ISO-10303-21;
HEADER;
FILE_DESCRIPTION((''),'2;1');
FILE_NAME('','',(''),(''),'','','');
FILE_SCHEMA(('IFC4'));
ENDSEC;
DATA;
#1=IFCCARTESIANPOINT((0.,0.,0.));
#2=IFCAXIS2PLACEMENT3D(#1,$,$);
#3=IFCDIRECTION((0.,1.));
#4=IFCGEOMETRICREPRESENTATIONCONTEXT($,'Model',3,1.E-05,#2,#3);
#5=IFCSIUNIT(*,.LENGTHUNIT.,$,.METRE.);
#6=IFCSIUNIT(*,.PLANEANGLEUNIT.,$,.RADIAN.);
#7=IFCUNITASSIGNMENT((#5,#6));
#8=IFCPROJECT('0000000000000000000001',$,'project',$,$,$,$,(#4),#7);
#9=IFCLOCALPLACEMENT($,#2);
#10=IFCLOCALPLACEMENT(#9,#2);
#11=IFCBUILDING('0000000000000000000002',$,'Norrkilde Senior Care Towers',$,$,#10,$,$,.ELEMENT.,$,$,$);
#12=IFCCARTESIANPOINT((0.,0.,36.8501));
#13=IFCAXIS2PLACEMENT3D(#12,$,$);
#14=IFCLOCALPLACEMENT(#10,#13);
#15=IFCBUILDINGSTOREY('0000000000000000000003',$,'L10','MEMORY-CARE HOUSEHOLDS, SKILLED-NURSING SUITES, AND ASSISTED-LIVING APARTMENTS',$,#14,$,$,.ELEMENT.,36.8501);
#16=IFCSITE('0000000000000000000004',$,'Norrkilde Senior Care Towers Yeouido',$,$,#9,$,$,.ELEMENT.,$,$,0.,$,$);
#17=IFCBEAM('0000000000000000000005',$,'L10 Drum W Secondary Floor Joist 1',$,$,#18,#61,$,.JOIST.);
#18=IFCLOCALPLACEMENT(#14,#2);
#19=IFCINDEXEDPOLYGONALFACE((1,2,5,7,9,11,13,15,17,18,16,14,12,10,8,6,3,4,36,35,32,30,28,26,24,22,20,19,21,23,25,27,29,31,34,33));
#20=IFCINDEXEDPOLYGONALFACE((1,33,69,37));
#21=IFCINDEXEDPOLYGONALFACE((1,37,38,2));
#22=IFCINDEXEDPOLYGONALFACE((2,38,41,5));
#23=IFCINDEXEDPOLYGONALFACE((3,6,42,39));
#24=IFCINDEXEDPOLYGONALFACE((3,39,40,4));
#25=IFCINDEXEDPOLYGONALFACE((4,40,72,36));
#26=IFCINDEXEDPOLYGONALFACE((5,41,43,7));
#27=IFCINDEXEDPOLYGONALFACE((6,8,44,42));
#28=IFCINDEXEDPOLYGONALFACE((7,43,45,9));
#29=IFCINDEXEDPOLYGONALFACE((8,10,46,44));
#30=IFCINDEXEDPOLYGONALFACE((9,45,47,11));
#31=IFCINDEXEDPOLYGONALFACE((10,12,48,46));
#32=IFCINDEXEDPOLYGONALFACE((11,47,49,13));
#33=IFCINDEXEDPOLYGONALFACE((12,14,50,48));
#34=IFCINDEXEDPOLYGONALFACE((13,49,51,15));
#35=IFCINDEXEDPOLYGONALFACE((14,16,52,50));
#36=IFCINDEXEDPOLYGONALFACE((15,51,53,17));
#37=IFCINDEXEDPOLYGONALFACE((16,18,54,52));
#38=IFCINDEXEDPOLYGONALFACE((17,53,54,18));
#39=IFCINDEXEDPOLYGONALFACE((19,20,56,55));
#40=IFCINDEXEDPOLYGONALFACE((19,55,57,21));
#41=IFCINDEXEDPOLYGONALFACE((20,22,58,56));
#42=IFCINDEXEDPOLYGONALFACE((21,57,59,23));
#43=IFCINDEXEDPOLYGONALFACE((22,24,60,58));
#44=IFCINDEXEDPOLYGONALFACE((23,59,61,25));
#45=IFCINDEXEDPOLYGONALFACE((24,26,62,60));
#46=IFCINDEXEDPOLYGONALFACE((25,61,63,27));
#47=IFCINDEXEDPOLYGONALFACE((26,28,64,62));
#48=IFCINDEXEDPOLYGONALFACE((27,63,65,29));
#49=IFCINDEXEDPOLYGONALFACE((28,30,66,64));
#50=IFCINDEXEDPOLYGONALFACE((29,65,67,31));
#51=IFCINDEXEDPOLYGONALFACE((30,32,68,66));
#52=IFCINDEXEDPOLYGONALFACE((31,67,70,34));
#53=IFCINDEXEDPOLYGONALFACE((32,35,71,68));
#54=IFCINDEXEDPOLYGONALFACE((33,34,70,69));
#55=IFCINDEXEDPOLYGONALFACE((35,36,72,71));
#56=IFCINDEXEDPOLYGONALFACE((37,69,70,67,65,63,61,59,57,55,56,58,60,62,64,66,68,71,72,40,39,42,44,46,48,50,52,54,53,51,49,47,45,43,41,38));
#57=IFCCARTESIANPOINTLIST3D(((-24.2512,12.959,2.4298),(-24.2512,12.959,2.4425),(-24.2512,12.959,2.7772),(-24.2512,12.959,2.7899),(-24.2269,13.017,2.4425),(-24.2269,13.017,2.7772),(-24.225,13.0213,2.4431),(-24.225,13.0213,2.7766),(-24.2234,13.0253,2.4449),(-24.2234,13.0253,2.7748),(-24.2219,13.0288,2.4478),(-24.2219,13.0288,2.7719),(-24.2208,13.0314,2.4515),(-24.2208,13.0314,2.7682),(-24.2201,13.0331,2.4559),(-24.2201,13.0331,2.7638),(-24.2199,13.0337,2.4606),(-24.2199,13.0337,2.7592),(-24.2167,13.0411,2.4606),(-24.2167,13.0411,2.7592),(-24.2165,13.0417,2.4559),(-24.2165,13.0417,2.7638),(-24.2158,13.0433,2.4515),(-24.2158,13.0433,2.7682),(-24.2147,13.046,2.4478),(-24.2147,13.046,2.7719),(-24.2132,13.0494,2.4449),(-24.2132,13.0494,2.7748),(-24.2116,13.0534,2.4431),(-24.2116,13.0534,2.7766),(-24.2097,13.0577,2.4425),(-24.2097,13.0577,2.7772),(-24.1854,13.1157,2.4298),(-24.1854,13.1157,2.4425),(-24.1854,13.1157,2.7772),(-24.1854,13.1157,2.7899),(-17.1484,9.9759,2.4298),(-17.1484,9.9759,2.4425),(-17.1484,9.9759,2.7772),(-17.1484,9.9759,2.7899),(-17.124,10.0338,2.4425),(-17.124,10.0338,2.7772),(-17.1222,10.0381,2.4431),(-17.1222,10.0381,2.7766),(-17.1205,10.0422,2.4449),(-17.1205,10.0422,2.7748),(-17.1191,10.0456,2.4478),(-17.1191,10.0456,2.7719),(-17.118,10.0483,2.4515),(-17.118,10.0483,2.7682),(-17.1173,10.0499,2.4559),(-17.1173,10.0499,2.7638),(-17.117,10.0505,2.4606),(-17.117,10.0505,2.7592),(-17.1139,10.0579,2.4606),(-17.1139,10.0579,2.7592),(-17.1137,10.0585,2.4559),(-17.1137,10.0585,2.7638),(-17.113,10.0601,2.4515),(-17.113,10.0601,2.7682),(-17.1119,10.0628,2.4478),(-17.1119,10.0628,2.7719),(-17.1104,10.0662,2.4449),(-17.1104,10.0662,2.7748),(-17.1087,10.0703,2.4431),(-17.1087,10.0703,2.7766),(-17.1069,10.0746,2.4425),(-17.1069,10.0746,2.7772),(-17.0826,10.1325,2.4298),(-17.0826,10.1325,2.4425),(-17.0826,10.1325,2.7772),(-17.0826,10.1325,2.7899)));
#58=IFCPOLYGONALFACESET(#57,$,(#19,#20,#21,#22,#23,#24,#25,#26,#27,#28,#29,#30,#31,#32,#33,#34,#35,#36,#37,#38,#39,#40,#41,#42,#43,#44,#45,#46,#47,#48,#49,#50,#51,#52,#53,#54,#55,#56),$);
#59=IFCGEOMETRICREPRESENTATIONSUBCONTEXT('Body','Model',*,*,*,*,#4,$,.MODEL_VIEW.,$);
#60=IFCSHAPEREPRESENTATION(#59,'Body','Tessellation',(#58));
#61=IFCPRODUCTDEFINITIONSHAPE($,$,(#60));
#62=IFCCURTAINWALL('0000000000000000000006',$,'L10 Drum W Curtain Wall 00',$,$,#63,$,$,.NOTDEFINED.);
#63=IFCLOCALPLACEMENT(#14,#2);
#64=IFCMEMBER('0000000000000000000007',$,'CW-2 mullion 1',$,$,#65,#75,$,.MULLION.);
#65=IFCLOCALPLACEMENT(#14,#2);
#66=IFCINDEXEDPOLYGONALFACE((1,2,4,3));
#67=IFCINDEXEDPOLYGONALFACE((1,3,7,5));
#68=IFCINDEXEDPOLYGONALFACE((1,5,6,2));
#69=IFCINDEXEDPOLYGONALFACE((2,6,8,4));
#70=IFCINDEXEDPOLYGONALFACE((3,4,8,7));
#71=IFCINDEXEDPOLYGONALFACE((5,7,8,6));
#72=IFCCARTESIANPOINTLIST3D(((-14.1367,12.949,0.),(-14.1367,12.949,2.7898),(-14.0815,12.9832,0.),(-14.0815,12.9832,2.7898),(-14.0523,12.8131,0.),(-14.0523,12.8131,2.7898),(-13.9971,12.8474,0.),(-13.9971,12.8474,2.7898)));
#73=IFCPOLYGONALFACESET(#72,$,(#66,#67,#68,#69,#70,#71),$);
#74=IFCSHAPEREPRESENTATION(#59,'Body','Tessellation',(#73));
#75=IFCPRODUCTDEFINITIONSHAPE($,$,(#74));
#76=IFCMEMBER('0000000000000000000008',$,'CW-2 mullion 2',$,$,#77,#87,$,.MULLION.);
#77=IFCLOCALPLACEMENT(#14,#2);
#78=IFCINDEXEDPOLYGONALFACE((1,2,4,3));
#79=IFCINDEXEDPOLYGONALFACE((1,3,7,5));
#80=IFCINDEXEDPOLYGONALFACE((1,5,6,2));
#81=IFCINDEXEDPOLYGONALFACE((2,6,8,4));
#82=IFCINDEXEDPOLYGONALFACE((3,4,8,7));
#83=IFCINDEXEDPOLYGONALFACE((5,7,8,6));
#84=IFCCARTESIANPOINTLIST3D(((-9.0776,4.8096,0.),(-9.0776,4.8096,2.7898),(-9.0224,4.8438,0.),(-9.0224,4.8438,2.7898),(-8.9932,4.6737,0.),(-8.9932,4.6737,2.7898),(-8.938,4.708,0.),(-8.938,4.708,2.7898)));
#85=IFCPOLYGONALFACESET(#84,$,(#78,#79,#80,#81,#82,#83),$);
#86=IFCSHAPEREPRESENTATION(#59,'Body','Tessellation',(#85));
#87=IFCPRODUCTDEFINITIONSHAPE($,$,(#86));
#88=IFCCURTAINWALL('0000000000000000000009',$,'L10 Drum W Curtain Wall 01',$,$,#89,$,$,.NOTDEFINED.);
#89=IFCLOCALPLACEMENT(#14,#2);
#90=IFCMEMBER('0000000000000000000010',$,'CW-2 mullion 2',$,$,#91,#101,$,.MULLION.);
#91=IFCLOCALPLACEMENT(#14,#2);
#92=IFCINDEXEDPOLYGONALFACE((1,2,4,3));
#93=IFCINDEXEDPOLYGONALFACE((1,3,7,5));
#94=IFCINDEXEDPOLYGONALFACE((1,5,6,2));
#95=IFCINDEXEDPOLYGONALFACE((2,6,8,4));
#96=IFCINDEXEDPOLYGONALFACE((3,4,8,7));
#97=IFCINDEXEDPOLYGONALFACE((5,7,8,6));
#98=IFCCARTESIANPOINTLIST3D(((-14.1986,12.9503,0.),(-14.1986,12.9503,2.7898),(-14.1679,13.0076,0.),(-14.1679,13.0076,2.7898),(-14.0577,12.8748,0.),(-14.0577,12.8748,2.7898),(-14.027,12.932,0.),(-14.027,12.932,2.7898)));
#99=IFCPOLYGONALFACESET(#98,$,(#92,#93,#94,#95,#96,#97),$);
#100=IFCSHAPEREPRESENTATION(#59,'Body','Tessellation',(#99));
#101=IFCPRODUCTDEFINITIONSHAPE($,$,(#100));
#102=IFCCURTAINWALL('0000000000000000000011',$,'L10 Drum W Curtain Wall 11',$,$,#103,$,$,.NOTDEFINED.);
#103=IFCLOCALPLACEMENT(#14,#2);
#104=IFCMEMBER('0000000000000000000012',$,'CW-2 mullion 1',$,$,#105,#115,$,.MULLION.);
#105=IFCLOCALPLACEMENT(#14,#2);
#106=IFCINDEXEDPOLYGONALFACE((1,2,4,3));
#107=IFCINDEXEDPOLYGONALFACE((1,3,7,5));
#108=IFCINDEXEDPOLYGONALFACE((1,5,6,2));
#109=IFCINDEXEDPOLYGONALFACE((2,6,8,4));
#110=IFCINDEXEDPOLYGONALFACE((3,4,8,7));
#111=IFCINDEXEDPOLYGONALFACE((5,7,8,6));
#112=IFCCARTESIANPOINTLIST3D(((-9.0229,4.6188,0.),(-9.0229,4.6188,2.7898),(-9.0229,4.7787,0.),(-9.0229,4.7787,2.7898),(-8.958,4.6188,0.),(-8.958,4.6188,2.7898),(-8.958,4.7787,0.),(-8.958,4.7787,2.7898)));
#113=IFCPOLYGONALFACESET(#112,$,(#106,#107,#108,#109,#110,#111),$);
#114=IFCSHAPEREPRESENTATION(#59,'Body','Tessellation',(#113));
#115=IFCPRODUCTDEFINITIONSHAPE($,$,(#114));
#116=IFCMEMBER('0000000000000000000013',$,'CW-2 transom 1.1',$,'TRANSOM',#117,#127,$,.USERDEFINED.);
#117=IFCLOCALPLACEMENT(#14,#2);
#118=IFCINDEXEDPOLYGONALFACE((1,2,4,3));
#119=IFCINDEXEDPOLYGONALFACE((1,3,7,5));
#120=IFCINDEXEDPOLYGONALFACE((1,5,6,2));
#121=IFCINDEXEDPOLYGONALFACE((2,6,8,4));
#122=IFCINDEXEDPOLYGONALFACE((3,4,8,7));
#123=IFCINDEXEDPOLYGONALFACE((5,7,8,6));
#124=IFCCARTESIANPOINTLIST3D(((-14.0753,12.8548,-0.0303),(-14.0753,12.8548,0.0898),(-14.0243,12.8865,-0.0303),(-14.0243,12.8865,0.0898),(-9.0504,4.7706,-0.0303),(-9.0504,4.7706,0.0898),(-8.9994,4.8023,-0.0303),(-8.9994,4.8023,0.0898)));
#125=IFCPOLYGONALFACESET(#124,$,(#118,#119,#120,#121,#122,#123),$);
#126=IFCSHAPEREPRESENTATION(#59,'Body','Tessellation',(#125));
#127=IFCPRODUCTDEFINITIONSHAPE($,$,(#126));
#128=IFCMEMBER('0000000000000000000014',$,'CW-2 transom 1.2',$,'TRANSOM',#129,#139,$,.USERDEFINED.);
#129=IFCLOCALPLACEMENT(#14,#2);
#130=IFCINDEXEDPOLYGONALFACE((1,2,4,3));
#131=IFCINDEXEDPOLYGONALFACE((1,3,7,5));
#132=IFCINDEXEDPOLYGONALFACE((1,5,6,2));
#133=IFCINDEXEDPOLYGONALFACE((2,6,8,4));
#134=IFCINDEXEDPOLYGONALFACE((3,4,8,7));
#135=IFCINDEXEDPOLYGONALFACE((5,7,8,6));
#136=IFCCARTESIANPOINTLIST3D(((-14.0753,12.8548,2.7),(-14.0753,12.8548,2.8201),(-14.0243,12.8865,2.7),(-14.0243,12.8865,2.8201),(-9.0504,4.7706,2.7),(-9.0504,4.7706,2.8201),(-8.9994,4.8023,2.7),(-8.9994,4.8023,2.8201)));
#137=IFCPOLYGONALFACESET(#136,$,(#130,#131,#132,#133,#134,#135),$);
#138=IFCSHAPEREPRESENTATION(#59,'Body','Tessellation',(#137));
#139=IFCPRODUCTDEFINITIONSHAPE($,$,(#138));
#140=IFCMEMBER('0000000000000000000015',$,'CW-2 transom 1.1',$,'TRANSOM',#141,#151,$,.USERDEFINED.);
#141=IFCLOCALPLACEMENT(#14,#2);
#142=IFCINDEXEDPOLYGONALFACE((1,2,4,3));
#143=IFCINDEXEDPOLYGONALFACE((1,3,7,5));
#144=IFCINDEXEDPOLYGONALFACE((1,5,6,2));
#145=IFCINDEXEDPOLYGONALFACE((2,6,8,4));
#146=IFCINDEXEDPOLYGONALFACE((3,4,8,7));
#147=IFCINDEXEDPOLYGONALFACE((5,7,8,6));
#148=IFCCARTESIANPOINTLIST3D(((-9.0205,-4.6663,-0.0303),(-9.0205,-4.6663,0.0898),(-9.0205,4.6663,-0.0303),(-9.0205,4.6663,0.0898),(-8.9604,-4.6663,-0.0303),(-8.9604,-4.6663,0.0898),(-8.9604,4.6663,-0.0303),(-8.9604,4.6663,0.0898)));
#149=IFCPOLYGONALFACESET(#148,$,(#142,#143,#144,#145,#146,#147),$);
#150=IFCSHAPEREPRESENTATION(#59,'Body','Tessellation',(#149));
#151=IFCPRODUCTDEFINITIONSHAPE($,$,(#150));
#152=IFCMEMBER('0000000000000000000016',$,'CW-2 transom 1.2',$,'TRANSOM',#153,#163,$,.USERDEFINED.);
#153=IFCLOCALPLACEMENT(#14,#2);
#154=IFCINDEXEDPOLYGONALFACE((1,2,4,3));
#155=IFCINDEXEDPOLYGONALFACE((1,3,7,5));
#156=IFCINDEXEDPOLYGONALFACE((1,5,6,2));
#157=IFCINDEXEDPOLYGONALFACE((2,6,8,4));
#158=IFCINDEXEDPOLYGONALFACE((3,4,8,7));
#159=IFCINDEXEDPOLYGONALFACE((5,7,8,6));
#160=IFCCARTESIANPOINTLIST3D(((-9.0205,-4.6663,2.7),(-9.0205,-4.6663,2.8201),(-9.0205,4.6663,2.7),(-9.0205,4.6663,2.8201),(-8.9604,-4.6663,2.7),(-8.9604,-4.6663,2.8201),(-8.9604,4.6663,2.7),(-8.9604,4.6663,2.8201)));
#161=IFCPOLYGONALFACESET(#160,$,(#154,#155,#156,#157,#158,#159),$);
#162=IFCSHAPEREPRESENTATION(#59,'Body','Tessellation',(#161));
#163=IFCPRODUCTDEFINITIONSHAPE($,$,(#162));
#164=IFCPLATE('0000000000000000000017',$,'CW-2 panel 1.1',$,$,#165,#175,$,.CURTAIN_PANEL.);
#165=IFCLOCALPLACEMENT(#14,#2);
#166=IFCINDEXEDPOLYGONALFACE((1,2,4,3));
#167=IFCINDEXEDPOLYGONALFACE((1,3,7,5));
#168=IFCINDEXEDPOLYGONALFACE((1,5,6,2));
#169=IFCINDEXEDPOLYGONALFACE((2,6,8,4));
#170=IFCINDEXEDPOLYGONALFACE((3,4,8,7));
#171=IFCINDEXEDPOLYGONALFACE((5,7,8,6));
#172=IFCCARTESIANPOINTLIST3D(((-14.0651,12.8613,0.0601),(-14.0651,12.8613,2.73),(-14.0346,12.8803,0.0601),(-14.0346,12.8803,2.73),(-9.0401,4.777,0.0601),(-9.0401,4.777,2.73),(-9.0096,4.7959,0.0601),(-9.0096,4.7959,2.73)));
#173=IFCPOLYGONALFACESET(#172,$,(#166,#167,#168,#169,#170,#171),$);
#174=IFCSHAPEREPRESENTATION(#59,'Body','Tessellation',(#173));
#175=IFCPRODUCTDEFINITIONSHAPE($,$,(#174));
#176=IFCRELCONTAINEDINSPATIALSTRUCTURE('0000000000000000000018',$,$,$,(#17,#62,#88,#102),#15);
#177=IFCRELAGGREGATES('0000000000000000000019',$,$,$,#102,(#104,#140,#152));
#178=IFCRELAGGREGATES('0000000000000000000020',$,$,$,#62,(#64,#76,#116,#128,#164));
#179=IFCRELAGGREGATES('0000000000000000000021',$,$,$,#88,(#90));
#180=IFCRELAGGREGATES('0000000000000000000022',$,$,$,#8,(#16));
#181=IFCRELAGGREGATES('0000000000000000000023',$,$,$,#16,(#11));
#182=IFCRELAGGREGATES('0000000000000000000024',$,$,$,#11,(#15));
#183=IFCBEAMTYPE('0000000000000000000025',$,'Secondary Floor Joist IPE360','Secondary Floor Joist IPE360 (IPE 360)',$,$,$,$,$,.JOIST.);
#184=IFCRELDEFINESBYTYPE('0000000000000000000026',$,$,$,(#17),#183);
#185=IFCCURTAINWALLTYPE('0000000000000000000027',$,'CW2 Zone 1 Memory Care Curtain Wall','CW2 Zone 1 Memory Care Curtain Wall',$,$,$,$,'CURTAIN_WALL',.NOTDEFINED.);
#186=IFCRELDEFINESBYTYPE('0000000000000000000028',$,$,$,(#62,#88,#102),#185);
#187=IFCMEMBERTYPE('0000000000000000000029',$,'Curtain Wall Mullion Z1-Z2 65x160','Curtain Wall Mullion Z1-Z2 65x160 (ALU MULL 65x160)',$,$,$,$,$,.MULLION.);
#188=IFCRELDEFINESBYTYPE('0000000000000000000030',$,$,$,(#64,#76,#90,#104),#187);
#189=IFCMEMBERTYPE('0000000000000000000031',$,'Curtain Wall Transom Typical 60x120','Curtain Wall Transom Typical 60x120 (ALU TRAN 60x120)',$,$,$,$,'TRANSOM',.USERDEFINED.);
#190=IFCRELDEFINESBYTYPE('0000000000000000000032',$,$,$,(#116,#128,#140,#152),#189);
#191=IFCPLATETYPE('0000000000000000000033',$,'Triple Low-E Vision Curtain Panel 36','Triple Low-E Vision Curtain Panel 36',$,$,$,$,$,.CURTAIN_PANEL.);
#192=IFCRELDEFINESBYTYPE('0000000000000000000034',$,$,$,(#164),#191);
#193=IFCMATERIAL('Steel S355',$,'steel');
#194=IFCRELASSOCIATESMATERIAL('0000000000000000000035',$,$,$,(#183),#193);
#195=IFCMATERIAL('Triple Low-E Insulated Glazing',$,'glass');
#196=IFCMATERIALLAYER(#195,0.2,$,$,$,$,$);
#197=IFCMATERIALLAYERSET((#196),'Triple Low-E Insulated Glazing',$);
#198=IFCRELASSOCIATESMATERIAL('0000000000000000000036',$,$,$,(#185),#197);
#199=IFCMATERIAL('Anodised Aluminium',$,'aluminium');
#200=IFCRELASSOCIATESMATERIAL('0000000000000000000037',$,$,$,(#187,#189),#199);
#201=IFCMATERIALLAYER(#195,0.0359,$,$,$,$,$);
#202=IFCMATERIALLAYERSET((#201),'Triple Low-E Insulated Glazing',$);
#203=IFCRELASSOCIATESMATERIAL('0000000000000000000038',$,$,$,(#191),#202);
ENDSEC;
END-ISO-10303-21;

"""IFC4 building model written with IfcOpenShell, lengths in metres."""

from ifc_helpers import new_model, si_unit, direction, frame, origin, origin_2d, place, context, subcontext, project, spatial, rectangle, i_section, extrude, source, transform, mapped, material, layer, layer_set, material_profile, profile_set, type_object, type_shapes, element, aggregate, save


model = new_model("IFC4")

# Units and contexts
model_context = context("Model", 3, precision=1e-05, world=origin(), true_north=direction((0.0, 1.0)))
body_context = subcontext(model_context, "Body", "Model", "MODEL_VIEW")
ifc_project = project(units=[si_unit("LENGTHUNIT", "METRE"), si_unit("PLANEANGLEUNIT", "RADIAN")], contexts=[model_context])

# Site, building, storey
site_placement = place(None, origin())
site = spatial("IfcSite", under=ifc_project, at=site_placement, Name="Norrkilde Senior Care Towers Yeouido", CompositionType="ELEMENT", RefElevation=0.0)
building_placement = place(site_placement, origin())
building = spatial("IfcBuilding", under=site, at=building_placement, Name="Norrkilde Senior Care Towers", CompositionType="ELEMENT")
storey_placement = place(building_placement, frame((0.0, 0.0, 36.8501)))
storey = spatial("IfcBuildingStorey", under=building, at=storey_placement, Name="L10", Description="MEMORY-CARE HOUSEHOLDS, SKILLED-NURSING SUITES, AND ASSISTED-LIVING APARTMENTS", CompositionType="ELEMENT", Elevation=36.8501)

# Beam
ifc_material_1 = material(Name="Steel S355", Category="steel")
ifc_material_profile_1 = material_profile(ifc_material_1, i_section(OverallWidth=0.1699, OverallDepth=0.3601, WebThickness=0.0081, FlangeThickness=0.0127, FilletRadius=0.0181, at=origin_2d()), Name="IPE 360")
ifc_profile_set_1 = profile_set([ifc_material_profile_1], Name="Steel S355")
beam_type_1 = type_object("IfcBeamType", Name="Secondary Floor Joist IPE360", Description="Secondary Floor Joist IPE360 (IPE 360)", PredefinedType="JOIST", material=ifc_profile_set_1)
shared_shape_1 = source(origin(), body_context, "Body", "SweptSolid", [
    extrude(i_section(OverallWidth=0.1699, OverallDepth=0.3601, WebThickness=0.0081, FlangeThickness=0.0127, FilletRadius=0.0181, at=origin_2d()), origin(), (0.0, 0.0, 1.0), 7.7039),
])
type_shapes(beam_type_1, [shared_shape_1])
beam_1_placement = place(storey_placement, frame((-17.1155, 10.0542, 2.6099), z_axis=(-0.921983, 0.387231, 0.0), x_axis=(-0.387231, -0.921983, 0.0)))
element("IfcBeam", 1, at=beam_1_placement, inside=storey, type_object=beam_type_1, Name="L10 Drum W Secondary Floor Joist 1", PredefinedType="JOIST", context=body_context, shape_type="MappedRepresentation", body=[
    mapped(shared_shape_1, transform((0.0, 0.0, 0.0), x_axis=(1.0, 0.0, 0.0), y_axis=(0.0, 1.0, 0.0), z_axis=(0.0, 0.0, 1.0), scale=1.0)),
])

# Curtain wall, members
ifc_material_2 = material(Name="Triple Low-E Insulated Glazing", Category="glass")
ifc_layer_1 = layer(ifc_material_2, 0.2)
ifc_layer_set_1 = layer_set([ifc_layer_1], Name="Triple Low-E Insulated Glazing")
curtain_wall_type = type_object("IfcCurtainWallType", Name="CW2 Zone 1 Memory Care Curtain Wall", Description="CW2 Zone 1 Memory Care Curtain Wall", ElementType="CURTAIN_WALL", PredefinedType="NOTDEFINED", material=ifc_layer_set_1)
curtain_wall_1_placement = place(storey_placement, origin())
curtain_wall_1 = element("IfcCurtainWall", 2, at=curtain_wall_1_placement, inside=storey, type_object=curtain_wall_type, Name="L10 Drum W Curtain Wall 00", PredefinedType="NOTDEFINED")
ifc_material_3 = material(Name="Anodised Aluminium", Category="aluminium")
ifc_material_profile_2 = material_profile(ifc_material_3, rectangle(XDim=0.0649, YDim=0.1599, at=origin_2d()), Name="ALU MULL 65x160")
ifc_profile_set_2 = profile_set([ifc_material_profile_2], Name="Anodised Aluminium")
member_type_1 = type_object("IfcMemberType", Name="Curtain Wall Mullion Z1-Z2 65x160", Description="Curtain Wall Mullion Z1-Z2 65x160 (ALU MULL 65x160)", PredefinedType="MULLION", material=ifc_profile_set_2)
shared_shape_2 = source(origin(), body_context, "Body", "SweptSolid", [
    extrude(rectangle(XDim=0.0649, YDim=0.1599, at=origin_2d()), origin(), (0.0, 0.0, 1.0), 2.7898),
])
type_shapes(member_type_1, [shared_shape_2])
member_1_placement = place(storey_placement, frame((-14.0669, 12.8982, 0.0), z_axis=(0.0, 0.0, 1.0), x_axis=(0.849306, 0.527901, 0.0)))
member_1 = element("IfcMember", 3, at=member_1_placement, type_object=member_type_1, Name="CW-2 mullion 1", PredefinedType="MULLION", context=body_context, shape_type="MappedRepresentation", body=[
    mapped(shared_shape_2, transform((0.0, 0.0, 0.0), x_axis=(1.0, 0.0, 0.0), y_axis=(0.0, 1.0, 0.0), z_axis=(0.0, 0.0, 1.0), scale=1.0)),
])
member_2_placement = place(storey_placement, frame((-9.0078, 4.7588, 0.0), z_axis=(0.0, 0.0, 1.0), x_axis=(0.849306, 0.527901, 0.0)))
member_2 = element("IfcMember", 4, at=member_2_placement, type_object=member_type_1, Name="CW-2 mullion 2", PredefinedType="MULLION", context=body_context, shape_type="MappedRepresentation", body=[
    mapped(shared_shape_2, transform((0.0, 0.0, 0.0), x_axis=(1.0, 0.0, 0.0), y_axis=(0.0, 1.0, 0.0), z_axis=(0.0, 0.0, 1.0), scale=1.0)),
])

# Curtain walls, members
curtain_wall_2_placement = place(storey_placement, origin())
curtain_wall_2 = element("IfcCurtainWall", 5, at=curtain_wall_2_placement, inside=storey, type_object=curtain_wall_type, Name="L10 Drum W Curtain Wall 01", PredefinedType="NOTDEFINED")
member_3_placement = place(storey_placement, frame((-14.1128, 12.9412, 0.0), z_axis=(0.0, 0.0, 1.0), x_axis=(0.472608, 0.881273, 0.0)))
member_3 = element("IfcMember", 6, at=member_3_placement, type_object=member_type_1, Name="CW-2 mullion 2", PredefinedType="MULLION", context=body_context, shape_type="MappedRepresentation", body=[
    mapped(shared_shape_2, transform((0.0, 0.0, 0.0), x_axis=(1.0, 0.0, 0.0), y_axis=(0.0, 1.0, 0.0), z_axis=(0.0, 0.0, 1.0), scale=1.0)),
])
curtain_wall_3_placement = place(storey_placement, origin())
curtain_wall_3 = element("IfcCurtainWall", 7, at=curtain_wall_3_placement, inside=storey, type_object=curtain_wall_type, Name="L10 Drum W Curtain Wall 11", PredefinedType="NOTDEFINED")
member_4_placement = place(storey_placement, frame((-8.9905, 4.6987, 0.0), z_axis=(0.0, 0.0, 1.0), x_axis=(1.0, 0.0, 0.0)))
member_4 = element("IfcMember", 8, at=member_4_placement, type_object=member_type_1, Name="CW-2 mullion 1", PredefinedType="MULLION", context=body_context, shape_type="MappedRepresentation", body=[
    mapped(shared_shape_2, transform((0.0, 0.0, 0.0), x_axis=(1.0, 0.0, 0.0), y_axis=(0.0, 1.0, 0.0), z_axis=(0.0, 0.0, 1.0), scale=1.0)),
])

# Members
ifc_material_profile_3 = material_profile(ifc_material_3, rectangle(XDim=0.0601, YDim=0.1201, at=origin_2d()), Name="ALU TRAN 60x120")
ifc_profile_set_3 = profile_set([ifc_material_profile_3], Name="Anodised Aluminium")
member_type_2 = type_object("IfcMemberType", Name="Curtain Wall Transom Typical 60x120", Description="Curtain Wall Transom Typical 60x120 (ALU TRAN 60x120)", ElementType="TRANSOM", PredefinedType="USERDEFINED", material=ifc_profile_set_3)
shared_shape_3 = source(origin(), body_context, "Body", "SweptSolid", [
    extrude(rectangle(XDim=0.0601, YDim=0.1201, at=origin_2d()), origin(), (0.0, 0.0, 1.0), 9.5186),
])
member_5_placement = place(storey_placement, frame((-14.0498, 12.8706, 0.0298), z_axis=(0.527902, -0.849306, 0.0), x_axis=(0.849306, 0.527902, 0.0)))
member_5 = element("IfcMember", 9, at=member_5_placement, type_object=member_type_2, Name="CW-2 transom 1.1", ObjectType="TRANSOM", PredefinedType="USERDEFINED", context=body_context, shape_type="MappedRepresentation", body=[
    mapped(shared_shape_3, transform((0.0, 0.0, 0.0), x_axis=(1.0, 0.0, 0.0), y_axis=(0.0, 1.0, 0.0), z_axis=(0.0, 0.0, 1.0), scale=1.0)),
])
member_6_placement = place(storey_placement, frame((-14.0498, 12.8706, 2.76), z_axis=(0.527902, -0.849306, 0.0), x_axis=(0.849306, 0.527902, 0.0)))
member_6 = element("IfcMember", 10, at=member_6_placement, type_object=member_type_2, Name="CW-2 transom 1.2", ObjectType="TRANSOM", PredefinedType="USERDEFINED", context=body_context, shape_type="MappedRepresentation", body=[
    mapped(shared_shape_3, transform((0.0, 0.0, 0.0), x_axis=(1.0, 0.0, 0.0), y_axis=(0.0, 1.0, 0.0), z_axis=(0.0, 0.0, 1.0), scale=1.0)),
])
shared_shape_4 = source(origin(), body_context, "Body", "SweptSolid", [
    extrude(rectangle(XDim=0.0601, YDim=0.1201, at=origin_2d()), origin(), (0.0, 0.0, 1.0), 9.3325),
])
type_shapes(member_type_2, [shared_shape_3, shared_shape_4])
member_7_placement = place(storey_placement, frame((-8.9905, 4.6663, 0.0298), z_axis=(0.0, -1.0, 0.0), x_axis=(1.0, 0.0, 0.0)))
member_7 = element("IfcMember", 11, at=member_7_placement, type_object=member_type_2, Name="CW-2 transom 1.1", ObjectType="TRANSOM", PredefinedType="USERDEFINED", context=body_context, shape_type="MappedRepresentation", body=[
    mapped(shared_shape_4, transform((0.0, 0.0, 0.0), x_axis=(1.0, 0.0, 0.0), y_axis=(0.0, 1.0, 0.0), z_axis=(0.0, 0.0, 1.0), scale=1.0)),
])
member_8_placement = place(storey_placement, frame((-8.9905, 4.6663, 2.76), z_axis=(0.0, -1.0, 0.0), x_axis=(1.0, 0.0, 0.0)))
member_8 = element("IfcMember", 12, at=member_8_placement, type_object=member_type_2, Name="CW-2 transom 1.2", ObjectType="TRANSOM", PredefinedType="USERDEFINED", context=body_context, shape_type="MappedRepresentation", body=[
    mapped(shared_shape_4, transform((0.0, 0.0, 0.0), x_axis=(1.0, 0.0, 0.0), y_axis=(0.0, 1.0, 0.0), z_axis=(0.0, 0.0, 1.0), scale=1.0)),
])
aggregate(curtain_wall_3, [member_4, member_7, member_8])

# Plate
ifc_layer_2 = layer(ifc_material_2, 0.0359)
ifc_layer_set_2 = layer_set([ifc_layer_2], Name="Triple Low-E Insulated Glazing")
plate_type = type_object("IfcPlateType", Name="Triple Low-E Vision Curtain Panel 36", Description="Triple Low-E Vision Curtain Panel 36", PredefinedType="CURTAIN_PANEL", material=ifc_layer_set_2)
shared_shape_5 = source(origin(), body_context, "Body", "SweptSolid", [
    extrude(rectangle(XDim=9.5188, YDim=0.0359, at=origin_2d()), origin(), (0.0, 0.0, 1.0), 2.6699),
])
plate_1_placement = place(storey_placement, frame((-11.5374, 8.8286, 0.0601), z_axis=(0.0, 0.0, 1.0), x_axis=(0.527901, -0.849306, 0.0)))
plate_1 = element("IfcPlate", 13, at=plate_1_placement, type_object=plate_type, Name="CW-2 panel 1.1", PredefinedType="CURTAIN_PANEL", context=body_context, shape_type="MappedRepresentation", body=[
    mapped(shared_shape_5, transform((0.0, 0.0, 0.0), x_axis=(1.0, 0.0, 0.0), y_axis=(0.0, 1.0, 0.0), z_axis=(0.0, 0.0, 1.0), scale=1.0)),
])
aggregate(curtain_wall_1, [member_1, member_2, member_5, member_6, plate_1])
aggregate(curtain_wall_2, [member_3])

save(model, "model.ifc")
